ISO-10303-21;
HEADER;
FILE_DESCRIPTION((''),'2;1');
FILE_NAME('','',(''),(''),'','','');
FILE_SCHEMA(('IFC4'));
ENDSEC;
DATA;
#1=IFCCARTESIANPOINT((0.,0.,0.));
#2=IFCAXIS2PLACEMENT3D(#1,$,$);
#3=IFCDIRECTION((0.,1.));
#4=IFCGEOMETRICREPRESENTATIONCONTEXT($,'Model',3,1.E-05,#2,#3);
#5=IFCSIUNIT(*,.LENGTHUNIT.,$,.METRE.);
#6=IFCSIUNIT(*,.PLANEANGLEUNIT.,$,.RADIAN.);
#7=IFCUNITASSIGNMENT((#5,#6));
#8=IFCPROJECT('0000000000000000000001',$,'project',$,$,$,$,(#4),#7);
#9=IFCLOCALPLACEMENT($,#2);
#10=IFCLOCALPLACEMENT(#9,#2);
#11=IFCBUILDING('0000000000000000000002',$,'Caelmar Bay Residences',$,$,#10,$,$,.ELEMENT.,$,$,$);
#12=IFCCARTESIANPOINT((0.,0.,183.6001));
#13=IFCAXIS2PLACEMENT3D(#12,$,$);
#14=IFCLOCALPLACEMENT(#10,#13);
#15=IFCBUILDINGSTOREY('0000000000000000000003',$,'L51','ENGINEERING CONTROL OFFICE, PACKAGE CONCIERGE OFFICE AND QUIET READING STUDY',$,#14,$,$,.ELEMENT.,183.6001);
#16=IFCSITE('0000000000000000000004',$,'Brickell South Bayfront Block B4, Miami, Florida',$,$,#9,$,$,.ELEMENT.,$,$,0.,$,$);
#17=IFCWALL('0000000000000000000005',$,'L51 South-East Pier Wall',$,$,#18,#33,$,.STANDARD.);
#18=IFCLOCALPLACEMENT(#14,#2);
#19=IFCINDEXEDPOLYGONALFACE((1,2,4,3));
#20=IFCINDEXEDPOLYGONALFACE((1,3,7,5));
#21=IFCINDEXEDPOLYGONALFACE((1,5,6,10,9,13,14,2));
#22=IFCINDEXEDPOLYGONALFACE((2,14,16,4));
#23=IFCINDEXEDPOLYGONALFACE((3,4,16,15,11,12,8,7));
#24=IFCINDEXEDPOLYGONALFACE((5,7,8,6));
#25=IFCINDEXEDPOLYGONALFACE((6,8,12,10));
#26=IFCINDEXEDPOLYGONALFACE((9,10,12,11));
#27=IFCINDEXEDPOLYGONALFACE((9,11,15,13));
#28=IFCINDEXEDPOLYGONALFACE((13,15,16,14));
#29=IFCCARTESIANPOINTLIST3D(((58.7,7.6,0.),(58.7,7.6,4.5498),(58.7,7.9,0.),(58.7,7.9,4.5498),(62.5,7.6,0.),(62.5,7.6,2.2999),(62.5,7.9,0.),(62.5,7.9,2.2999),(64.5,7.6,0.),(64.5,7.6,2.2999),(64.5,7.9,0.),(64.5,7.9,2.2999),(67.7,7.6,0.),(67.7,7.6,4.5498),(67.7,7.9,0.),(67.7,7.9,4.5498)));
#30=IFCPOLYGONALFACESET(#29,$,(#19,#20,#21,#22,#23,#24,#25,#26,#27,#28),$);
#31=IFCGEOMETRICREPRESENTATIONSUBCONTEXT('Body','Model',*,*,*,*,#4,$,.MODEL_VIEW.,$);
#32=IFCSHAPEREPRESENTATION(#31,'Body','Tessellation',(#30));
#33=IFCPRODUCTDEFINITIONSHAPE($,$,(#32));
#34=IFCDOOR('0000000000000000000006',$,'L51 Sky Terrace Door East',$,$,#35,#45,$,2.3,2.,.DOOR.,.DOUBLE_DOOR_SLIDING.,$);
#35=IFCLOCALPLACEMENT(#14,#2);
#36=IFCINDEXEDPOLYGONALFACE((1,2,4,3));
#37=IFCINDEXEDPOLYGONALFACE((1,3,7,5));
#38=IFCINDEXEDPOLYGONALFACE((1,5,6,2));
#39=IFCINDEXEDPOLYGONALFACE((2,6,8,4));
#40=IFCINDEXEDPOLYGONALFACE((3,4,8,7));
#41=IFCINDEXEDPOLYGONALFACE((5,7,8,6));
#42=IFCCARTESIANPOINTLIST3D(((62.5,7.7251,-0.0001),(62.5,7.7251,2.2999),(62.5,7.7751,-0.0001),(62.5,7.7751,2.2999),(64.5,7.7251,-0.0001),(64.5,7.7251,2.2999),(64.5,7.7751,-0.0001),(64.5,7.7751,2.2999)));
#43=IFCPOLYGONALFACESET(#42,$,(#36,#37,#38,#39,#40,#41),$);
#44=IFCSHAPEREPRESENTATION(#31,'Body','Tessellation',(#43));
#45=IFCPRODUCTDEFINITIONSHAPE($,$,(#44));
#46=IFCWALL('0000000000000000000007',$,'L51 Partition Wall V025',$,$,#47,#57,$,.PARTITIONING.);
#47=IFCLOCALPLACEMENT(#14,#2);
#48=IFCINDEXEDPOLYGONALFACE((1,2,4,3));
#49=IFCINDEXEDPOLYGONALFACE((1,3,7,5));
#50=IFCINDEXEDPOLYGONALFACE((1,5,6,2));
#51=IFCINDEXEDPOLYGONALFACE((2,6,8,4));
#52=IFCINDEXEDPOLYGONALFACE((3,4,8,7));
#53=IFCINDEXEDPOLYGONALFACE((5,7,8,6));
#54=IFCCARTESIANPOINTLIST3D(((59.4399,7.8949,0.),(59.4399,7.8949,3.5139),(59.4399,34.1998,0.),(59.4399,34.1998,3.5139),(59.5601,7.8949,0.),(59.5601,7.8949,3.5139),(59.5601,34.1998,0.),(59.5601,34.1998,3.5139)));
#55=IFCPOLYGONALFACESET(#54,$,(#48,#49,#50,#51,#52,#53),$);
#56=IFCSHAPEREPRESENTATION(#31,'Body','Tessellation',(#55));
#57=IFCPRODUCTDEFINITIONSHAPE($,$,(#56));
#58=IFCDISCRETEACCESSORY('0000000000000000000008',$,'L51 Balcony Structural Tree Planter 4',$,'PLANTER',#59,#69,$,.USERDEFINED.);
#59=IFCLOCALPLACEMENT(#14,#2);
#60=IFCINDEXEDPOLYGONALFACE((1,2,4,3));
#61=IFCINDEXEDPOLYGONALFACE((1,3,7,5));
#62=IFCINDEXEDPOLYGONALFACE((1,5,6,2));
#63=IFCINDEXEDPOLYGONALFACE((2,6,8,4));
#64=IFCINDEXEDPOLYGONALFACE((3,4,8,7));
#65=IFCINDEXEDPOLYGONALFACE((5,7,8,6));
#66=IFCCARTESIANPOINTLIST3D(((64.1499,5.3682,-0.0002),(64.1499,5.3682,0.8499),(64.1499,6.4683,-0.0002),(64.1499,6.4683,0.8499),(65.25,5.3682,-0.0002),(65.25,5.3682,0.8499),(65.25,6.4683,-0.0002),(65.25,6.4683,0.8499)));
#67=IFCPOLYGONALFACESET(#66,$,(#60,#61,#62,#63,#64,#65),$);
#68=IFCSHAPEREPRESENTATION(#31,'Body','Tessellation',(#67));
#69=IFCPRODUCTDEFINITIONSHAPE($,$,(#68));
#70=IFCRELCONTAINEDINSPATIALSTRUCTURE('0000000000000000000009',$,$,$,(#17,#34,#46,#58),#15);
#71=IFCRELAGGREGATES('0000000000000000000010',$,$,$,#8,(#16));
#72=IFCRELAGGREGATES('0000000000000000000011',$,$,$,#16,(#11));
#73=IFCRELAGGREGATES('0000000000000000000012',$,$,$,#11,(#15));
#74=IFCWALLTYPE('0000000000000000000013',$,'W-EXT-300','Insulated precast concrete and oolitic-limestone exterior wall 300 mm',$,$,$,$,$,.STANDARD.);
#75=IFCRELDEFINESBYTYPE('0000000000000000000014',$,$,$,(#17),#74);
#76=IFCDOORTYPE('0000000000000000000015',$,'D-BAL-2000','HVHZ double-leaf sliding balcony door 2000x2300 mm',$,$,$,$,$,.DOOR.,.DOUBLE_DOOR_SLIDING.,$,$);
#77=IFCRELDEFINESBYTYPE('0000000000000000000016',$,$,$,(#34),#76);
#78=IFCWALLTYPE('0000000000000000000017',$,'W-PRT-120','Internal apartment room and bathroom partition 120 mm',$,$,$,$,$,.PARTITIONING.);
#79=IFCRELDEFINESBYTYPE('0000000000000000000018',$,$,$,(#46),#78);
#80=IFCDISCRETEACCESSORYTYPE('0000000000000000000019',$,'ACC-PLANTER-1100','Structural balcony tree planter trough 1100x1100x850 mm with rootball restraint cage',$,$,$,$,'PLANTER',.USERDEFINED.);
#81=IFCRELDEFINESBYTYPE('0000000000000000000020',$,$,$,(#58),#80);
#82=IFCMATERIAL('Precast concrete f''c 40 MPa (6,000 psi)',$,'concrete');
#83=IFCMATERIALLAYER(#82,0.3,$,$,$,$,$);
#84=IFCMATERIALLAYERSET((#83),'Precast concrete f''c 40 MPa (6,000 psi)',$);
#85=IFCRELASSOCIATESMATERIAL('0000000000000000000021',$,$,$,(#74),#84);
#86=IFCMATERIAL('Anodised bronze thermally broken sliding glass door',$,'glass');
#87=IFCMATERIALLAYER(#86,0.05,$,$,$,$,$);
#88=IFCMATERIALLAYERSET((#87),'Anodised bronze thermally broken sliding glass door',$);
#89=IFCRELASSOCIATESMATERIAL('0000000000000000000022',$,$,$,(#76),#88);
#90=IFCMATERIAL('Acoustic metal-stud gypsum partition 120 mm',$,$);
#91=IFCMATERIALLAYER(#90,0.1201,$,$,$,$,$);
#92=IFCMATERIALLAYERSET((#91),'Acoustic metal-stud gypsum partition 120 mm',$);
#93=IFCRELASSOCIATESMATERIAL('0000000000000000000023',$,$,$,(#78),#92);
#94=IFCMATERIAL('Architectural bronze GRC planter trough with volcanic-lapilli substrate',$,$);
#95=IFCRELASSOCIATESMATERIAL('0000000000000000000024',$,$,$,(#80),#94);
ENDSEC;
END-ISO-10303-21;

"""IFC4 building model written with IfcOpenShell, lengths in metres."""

from ifc_helpers import new_model, si_unit, direction, frame, frame_2d, origin, origin_2d, place, context, subcontext, project, spatial, rectangle, extrude, material, layer, layer_set, type_object, element, fill, save


model = new_model("IFC4")

# Units and contexts
model_context = context("Model", 3, precision=1e-05, world=origin(), true_north=direction((0.0, 1.0)))
body_context = subcontext(model_context, "Body", "Model", "MODEL_VIEW")
ifc_project = project(units=[si_unit("LENGTHUNIT", "METRE"), si_unit("PLANEANGLEUNIT", "RADIAN")], contexts=[model_context])

# Site, building, storey
site_placement = place(None, origin())
site = spatial("IfcSite", under=ifc_project, at=site_placement, Name="Brickell South Bayfront Block B4, Miami, Florida", CompositionType="ELEMENT", RefElevation=0.0)
building_placement = place(site_placement, origin())
building = spatial("IfcBuilding", under=site, at=building_placement, Name="Caelmar Bay Residences", CompositionType="ELEMENT")
storey_placement = place(building_placement, frame((0.0, 0.0, 183.6001)))
storey = spatial("IfcBuildingStorey", under=building, at=storey_placement, Name="L51", Description="ENGINEERING CONTROL OFFICE, PACKAGE CONCIERGE OFFICE AND QUIET READING STUDY", CompositionType="ELEMENT", Elevation=183.6001)

# Wall, opening, door
ifc_material_1 = material(Name="Precast concrete f'c 40 MPa (6,000 psi)", Category="concrete")
ifc_layer_1 = layer(ifc_material_1, 0.3)
ifc_layer_set_1 = layer_set([ifc_layer_1], Name="Precast concrete f'c 40 MPa (6,000 psi)")
wall_type_1 = type_object("IfcWallType", Name="W-EXT-300", Description="Insulated precast concrete and oolitic-limestone exterior wall 300 mm", PredefinedType="STANDARD", material=ifc_layer_set_1)
wall_1_placement = place(storey_placement, frame((67.7, 7.75, 0.0), z_axis=(0.0, 0.0, 1.0), x_axis=(-1.0, 0.0, 0.0)))
wall_1 = element("IfcWall", 1, at=wall_1_placement, inside=storey, type_object=wall_type_1, Name="L51 South-East Pier Wall", PredefinedType="STANDARD", context=body_context, shape_type="SweptSolid", body=[
    extrude(rectangle(XDim=9.0, YDim=0.3, at=frame_2d((4.5, 0.0))), origin(), (0.0, 0.0, 1.0), 4.5498),
])
opening_placement = place(wall_1_placement, frame((3.2, 0.0, 0.0)))
opening = element("IfcOpeningElement", 2, at=opening_placement, cuts=wall_1, PredefinedType="OPENING", context=body_context, shape_type="SweptSolid", body=[
    extrude(rectangle(XDim=2.0, YDim=2.3, at=frame_2d((1.0, 1.1499))), frame((0.0, 0.1599, 0.0), z_axis=(0.0, -1.0, 0.0), x_axis=(1.0, 0.0, 0.0)), (0.0, 0.0, 1.0), 0.3201),
])
ifc_material_2 = material(Name="Anodised bronze thermally broken sliding glass door", Category="glass")
ifc_layer_2 = layer(ifc_material_2, 0.05)
ifc_layer_set_2 = layer_set([ifc_layer_2], Name="Anodised bronze thermally broken sliding glass door")
door_type = type_object("IfcDoorType", Name="D-BAL-2000", Description="HVHZ double-leaf sliding balcony door 2000x2300 mm", OperationType="DOUBLE_DOOR_SLIDING", PredefinedType="DOOR", material=ifc_layer_set_2)
door_placement = place(opening_placement, origin())
door = element("IfcDoor", 3, at=door_placement, inside=storey, type_object=door_type, Name="L51 Sky Terrace Door East", OperationType="DOUBLE_DOOR_SLIDING", OverallHeight=2.3, OverallWidth=2.0, PredefinedType="DOOR", context=body_context, shape_type="SweptSolid", body=[
    extrude(rectangle(XDim=2.0, YDim=2.3, at=frame_2d((1.0, 1.1499))), frame((0.0, 0.0249, 0.0), z_axis=(0.0, -1.0, 0.0), x_axis=(1.0, 0.0, 0.0)), (0.0, 0.0, 1.0), 0.05),
])
fill(opening, door)

# Wall
ifc_material_3 = material(Name="Acoustic metal-stud gypsum partition 120 mm")
ifc_layer_3 = layer(ifc_material_3, 0.1201)
ifc_layer_set_3 = layer_set([ifc_layer_3], Name="Acoustic metal-stud gypsum partition 120 mm")
wall_type_2 = type_object("IfcWallType", Name="W-PRT-120", Description="Internal apartment room and bathroom partition 120 mm", PredefinedType="PARTITIONING", material=ifc_layer_set_3)
wall_2_placement = place(storey_placement, frame((59.5, 7.895, 0.0), z_axis=(0.0, 0.0, 1.0), x_axis=(0.0, 1.0, 0.0)))
element("IfcWall", 4, at=wall_2_placement, inside=storey, type_object=wall_type_2, Name="L51 Partition Wall V025", PredefinedType="PARTITIONING", context=body_context, shape_type="SweptSolid", body=[
    extrude(rectangle(XDim=26.3049, YDim=0.1201, at=frame_2d((13.1523, 0.0))), origin(), (0.0, 0.0, 1.0), 3.5139),
])

# Discrete accessory
ifc_material_4 = material(Name="Architectural bronze GRC planter trough with volcanic-lapilli substrate")
discrete_accessory_type = type_object("IfcDiscreteAccessoryType", Name="ACC-PLANTER-1100", Description="Structural balcony tree planter trough 1100x1100x850 mm with rootball restraint cage", ElementType="PLANTER", PredefinedType="USERDEFINED", material=ifc_material_4)
discrete_accessory_placement = place(storey_placement, frame((64.7, 5.9182, -0.0002), z_axis=(0.0, 0.0, 1.0), x_axis=(1.0, 0.0, 0.0)))
element("IfcDiscreteAccessory", 5, at=discrete_accessory_placement, inside=storey, type_object=discrete_accessory_type, Name="L51 Balcony Structural Tree Planter 4", ObjectType="PLANTER", PredefinedType="USERDEFINED", context=body_context, shape_type="SweptSolid", body=[
    extrude(rectangle(XDim=1.1001, YDim=1.1001, at=origin_2d()), origin(), (0.0, 0.0, 1.0), 0.8501),
])

save(model, "model.ifc")
